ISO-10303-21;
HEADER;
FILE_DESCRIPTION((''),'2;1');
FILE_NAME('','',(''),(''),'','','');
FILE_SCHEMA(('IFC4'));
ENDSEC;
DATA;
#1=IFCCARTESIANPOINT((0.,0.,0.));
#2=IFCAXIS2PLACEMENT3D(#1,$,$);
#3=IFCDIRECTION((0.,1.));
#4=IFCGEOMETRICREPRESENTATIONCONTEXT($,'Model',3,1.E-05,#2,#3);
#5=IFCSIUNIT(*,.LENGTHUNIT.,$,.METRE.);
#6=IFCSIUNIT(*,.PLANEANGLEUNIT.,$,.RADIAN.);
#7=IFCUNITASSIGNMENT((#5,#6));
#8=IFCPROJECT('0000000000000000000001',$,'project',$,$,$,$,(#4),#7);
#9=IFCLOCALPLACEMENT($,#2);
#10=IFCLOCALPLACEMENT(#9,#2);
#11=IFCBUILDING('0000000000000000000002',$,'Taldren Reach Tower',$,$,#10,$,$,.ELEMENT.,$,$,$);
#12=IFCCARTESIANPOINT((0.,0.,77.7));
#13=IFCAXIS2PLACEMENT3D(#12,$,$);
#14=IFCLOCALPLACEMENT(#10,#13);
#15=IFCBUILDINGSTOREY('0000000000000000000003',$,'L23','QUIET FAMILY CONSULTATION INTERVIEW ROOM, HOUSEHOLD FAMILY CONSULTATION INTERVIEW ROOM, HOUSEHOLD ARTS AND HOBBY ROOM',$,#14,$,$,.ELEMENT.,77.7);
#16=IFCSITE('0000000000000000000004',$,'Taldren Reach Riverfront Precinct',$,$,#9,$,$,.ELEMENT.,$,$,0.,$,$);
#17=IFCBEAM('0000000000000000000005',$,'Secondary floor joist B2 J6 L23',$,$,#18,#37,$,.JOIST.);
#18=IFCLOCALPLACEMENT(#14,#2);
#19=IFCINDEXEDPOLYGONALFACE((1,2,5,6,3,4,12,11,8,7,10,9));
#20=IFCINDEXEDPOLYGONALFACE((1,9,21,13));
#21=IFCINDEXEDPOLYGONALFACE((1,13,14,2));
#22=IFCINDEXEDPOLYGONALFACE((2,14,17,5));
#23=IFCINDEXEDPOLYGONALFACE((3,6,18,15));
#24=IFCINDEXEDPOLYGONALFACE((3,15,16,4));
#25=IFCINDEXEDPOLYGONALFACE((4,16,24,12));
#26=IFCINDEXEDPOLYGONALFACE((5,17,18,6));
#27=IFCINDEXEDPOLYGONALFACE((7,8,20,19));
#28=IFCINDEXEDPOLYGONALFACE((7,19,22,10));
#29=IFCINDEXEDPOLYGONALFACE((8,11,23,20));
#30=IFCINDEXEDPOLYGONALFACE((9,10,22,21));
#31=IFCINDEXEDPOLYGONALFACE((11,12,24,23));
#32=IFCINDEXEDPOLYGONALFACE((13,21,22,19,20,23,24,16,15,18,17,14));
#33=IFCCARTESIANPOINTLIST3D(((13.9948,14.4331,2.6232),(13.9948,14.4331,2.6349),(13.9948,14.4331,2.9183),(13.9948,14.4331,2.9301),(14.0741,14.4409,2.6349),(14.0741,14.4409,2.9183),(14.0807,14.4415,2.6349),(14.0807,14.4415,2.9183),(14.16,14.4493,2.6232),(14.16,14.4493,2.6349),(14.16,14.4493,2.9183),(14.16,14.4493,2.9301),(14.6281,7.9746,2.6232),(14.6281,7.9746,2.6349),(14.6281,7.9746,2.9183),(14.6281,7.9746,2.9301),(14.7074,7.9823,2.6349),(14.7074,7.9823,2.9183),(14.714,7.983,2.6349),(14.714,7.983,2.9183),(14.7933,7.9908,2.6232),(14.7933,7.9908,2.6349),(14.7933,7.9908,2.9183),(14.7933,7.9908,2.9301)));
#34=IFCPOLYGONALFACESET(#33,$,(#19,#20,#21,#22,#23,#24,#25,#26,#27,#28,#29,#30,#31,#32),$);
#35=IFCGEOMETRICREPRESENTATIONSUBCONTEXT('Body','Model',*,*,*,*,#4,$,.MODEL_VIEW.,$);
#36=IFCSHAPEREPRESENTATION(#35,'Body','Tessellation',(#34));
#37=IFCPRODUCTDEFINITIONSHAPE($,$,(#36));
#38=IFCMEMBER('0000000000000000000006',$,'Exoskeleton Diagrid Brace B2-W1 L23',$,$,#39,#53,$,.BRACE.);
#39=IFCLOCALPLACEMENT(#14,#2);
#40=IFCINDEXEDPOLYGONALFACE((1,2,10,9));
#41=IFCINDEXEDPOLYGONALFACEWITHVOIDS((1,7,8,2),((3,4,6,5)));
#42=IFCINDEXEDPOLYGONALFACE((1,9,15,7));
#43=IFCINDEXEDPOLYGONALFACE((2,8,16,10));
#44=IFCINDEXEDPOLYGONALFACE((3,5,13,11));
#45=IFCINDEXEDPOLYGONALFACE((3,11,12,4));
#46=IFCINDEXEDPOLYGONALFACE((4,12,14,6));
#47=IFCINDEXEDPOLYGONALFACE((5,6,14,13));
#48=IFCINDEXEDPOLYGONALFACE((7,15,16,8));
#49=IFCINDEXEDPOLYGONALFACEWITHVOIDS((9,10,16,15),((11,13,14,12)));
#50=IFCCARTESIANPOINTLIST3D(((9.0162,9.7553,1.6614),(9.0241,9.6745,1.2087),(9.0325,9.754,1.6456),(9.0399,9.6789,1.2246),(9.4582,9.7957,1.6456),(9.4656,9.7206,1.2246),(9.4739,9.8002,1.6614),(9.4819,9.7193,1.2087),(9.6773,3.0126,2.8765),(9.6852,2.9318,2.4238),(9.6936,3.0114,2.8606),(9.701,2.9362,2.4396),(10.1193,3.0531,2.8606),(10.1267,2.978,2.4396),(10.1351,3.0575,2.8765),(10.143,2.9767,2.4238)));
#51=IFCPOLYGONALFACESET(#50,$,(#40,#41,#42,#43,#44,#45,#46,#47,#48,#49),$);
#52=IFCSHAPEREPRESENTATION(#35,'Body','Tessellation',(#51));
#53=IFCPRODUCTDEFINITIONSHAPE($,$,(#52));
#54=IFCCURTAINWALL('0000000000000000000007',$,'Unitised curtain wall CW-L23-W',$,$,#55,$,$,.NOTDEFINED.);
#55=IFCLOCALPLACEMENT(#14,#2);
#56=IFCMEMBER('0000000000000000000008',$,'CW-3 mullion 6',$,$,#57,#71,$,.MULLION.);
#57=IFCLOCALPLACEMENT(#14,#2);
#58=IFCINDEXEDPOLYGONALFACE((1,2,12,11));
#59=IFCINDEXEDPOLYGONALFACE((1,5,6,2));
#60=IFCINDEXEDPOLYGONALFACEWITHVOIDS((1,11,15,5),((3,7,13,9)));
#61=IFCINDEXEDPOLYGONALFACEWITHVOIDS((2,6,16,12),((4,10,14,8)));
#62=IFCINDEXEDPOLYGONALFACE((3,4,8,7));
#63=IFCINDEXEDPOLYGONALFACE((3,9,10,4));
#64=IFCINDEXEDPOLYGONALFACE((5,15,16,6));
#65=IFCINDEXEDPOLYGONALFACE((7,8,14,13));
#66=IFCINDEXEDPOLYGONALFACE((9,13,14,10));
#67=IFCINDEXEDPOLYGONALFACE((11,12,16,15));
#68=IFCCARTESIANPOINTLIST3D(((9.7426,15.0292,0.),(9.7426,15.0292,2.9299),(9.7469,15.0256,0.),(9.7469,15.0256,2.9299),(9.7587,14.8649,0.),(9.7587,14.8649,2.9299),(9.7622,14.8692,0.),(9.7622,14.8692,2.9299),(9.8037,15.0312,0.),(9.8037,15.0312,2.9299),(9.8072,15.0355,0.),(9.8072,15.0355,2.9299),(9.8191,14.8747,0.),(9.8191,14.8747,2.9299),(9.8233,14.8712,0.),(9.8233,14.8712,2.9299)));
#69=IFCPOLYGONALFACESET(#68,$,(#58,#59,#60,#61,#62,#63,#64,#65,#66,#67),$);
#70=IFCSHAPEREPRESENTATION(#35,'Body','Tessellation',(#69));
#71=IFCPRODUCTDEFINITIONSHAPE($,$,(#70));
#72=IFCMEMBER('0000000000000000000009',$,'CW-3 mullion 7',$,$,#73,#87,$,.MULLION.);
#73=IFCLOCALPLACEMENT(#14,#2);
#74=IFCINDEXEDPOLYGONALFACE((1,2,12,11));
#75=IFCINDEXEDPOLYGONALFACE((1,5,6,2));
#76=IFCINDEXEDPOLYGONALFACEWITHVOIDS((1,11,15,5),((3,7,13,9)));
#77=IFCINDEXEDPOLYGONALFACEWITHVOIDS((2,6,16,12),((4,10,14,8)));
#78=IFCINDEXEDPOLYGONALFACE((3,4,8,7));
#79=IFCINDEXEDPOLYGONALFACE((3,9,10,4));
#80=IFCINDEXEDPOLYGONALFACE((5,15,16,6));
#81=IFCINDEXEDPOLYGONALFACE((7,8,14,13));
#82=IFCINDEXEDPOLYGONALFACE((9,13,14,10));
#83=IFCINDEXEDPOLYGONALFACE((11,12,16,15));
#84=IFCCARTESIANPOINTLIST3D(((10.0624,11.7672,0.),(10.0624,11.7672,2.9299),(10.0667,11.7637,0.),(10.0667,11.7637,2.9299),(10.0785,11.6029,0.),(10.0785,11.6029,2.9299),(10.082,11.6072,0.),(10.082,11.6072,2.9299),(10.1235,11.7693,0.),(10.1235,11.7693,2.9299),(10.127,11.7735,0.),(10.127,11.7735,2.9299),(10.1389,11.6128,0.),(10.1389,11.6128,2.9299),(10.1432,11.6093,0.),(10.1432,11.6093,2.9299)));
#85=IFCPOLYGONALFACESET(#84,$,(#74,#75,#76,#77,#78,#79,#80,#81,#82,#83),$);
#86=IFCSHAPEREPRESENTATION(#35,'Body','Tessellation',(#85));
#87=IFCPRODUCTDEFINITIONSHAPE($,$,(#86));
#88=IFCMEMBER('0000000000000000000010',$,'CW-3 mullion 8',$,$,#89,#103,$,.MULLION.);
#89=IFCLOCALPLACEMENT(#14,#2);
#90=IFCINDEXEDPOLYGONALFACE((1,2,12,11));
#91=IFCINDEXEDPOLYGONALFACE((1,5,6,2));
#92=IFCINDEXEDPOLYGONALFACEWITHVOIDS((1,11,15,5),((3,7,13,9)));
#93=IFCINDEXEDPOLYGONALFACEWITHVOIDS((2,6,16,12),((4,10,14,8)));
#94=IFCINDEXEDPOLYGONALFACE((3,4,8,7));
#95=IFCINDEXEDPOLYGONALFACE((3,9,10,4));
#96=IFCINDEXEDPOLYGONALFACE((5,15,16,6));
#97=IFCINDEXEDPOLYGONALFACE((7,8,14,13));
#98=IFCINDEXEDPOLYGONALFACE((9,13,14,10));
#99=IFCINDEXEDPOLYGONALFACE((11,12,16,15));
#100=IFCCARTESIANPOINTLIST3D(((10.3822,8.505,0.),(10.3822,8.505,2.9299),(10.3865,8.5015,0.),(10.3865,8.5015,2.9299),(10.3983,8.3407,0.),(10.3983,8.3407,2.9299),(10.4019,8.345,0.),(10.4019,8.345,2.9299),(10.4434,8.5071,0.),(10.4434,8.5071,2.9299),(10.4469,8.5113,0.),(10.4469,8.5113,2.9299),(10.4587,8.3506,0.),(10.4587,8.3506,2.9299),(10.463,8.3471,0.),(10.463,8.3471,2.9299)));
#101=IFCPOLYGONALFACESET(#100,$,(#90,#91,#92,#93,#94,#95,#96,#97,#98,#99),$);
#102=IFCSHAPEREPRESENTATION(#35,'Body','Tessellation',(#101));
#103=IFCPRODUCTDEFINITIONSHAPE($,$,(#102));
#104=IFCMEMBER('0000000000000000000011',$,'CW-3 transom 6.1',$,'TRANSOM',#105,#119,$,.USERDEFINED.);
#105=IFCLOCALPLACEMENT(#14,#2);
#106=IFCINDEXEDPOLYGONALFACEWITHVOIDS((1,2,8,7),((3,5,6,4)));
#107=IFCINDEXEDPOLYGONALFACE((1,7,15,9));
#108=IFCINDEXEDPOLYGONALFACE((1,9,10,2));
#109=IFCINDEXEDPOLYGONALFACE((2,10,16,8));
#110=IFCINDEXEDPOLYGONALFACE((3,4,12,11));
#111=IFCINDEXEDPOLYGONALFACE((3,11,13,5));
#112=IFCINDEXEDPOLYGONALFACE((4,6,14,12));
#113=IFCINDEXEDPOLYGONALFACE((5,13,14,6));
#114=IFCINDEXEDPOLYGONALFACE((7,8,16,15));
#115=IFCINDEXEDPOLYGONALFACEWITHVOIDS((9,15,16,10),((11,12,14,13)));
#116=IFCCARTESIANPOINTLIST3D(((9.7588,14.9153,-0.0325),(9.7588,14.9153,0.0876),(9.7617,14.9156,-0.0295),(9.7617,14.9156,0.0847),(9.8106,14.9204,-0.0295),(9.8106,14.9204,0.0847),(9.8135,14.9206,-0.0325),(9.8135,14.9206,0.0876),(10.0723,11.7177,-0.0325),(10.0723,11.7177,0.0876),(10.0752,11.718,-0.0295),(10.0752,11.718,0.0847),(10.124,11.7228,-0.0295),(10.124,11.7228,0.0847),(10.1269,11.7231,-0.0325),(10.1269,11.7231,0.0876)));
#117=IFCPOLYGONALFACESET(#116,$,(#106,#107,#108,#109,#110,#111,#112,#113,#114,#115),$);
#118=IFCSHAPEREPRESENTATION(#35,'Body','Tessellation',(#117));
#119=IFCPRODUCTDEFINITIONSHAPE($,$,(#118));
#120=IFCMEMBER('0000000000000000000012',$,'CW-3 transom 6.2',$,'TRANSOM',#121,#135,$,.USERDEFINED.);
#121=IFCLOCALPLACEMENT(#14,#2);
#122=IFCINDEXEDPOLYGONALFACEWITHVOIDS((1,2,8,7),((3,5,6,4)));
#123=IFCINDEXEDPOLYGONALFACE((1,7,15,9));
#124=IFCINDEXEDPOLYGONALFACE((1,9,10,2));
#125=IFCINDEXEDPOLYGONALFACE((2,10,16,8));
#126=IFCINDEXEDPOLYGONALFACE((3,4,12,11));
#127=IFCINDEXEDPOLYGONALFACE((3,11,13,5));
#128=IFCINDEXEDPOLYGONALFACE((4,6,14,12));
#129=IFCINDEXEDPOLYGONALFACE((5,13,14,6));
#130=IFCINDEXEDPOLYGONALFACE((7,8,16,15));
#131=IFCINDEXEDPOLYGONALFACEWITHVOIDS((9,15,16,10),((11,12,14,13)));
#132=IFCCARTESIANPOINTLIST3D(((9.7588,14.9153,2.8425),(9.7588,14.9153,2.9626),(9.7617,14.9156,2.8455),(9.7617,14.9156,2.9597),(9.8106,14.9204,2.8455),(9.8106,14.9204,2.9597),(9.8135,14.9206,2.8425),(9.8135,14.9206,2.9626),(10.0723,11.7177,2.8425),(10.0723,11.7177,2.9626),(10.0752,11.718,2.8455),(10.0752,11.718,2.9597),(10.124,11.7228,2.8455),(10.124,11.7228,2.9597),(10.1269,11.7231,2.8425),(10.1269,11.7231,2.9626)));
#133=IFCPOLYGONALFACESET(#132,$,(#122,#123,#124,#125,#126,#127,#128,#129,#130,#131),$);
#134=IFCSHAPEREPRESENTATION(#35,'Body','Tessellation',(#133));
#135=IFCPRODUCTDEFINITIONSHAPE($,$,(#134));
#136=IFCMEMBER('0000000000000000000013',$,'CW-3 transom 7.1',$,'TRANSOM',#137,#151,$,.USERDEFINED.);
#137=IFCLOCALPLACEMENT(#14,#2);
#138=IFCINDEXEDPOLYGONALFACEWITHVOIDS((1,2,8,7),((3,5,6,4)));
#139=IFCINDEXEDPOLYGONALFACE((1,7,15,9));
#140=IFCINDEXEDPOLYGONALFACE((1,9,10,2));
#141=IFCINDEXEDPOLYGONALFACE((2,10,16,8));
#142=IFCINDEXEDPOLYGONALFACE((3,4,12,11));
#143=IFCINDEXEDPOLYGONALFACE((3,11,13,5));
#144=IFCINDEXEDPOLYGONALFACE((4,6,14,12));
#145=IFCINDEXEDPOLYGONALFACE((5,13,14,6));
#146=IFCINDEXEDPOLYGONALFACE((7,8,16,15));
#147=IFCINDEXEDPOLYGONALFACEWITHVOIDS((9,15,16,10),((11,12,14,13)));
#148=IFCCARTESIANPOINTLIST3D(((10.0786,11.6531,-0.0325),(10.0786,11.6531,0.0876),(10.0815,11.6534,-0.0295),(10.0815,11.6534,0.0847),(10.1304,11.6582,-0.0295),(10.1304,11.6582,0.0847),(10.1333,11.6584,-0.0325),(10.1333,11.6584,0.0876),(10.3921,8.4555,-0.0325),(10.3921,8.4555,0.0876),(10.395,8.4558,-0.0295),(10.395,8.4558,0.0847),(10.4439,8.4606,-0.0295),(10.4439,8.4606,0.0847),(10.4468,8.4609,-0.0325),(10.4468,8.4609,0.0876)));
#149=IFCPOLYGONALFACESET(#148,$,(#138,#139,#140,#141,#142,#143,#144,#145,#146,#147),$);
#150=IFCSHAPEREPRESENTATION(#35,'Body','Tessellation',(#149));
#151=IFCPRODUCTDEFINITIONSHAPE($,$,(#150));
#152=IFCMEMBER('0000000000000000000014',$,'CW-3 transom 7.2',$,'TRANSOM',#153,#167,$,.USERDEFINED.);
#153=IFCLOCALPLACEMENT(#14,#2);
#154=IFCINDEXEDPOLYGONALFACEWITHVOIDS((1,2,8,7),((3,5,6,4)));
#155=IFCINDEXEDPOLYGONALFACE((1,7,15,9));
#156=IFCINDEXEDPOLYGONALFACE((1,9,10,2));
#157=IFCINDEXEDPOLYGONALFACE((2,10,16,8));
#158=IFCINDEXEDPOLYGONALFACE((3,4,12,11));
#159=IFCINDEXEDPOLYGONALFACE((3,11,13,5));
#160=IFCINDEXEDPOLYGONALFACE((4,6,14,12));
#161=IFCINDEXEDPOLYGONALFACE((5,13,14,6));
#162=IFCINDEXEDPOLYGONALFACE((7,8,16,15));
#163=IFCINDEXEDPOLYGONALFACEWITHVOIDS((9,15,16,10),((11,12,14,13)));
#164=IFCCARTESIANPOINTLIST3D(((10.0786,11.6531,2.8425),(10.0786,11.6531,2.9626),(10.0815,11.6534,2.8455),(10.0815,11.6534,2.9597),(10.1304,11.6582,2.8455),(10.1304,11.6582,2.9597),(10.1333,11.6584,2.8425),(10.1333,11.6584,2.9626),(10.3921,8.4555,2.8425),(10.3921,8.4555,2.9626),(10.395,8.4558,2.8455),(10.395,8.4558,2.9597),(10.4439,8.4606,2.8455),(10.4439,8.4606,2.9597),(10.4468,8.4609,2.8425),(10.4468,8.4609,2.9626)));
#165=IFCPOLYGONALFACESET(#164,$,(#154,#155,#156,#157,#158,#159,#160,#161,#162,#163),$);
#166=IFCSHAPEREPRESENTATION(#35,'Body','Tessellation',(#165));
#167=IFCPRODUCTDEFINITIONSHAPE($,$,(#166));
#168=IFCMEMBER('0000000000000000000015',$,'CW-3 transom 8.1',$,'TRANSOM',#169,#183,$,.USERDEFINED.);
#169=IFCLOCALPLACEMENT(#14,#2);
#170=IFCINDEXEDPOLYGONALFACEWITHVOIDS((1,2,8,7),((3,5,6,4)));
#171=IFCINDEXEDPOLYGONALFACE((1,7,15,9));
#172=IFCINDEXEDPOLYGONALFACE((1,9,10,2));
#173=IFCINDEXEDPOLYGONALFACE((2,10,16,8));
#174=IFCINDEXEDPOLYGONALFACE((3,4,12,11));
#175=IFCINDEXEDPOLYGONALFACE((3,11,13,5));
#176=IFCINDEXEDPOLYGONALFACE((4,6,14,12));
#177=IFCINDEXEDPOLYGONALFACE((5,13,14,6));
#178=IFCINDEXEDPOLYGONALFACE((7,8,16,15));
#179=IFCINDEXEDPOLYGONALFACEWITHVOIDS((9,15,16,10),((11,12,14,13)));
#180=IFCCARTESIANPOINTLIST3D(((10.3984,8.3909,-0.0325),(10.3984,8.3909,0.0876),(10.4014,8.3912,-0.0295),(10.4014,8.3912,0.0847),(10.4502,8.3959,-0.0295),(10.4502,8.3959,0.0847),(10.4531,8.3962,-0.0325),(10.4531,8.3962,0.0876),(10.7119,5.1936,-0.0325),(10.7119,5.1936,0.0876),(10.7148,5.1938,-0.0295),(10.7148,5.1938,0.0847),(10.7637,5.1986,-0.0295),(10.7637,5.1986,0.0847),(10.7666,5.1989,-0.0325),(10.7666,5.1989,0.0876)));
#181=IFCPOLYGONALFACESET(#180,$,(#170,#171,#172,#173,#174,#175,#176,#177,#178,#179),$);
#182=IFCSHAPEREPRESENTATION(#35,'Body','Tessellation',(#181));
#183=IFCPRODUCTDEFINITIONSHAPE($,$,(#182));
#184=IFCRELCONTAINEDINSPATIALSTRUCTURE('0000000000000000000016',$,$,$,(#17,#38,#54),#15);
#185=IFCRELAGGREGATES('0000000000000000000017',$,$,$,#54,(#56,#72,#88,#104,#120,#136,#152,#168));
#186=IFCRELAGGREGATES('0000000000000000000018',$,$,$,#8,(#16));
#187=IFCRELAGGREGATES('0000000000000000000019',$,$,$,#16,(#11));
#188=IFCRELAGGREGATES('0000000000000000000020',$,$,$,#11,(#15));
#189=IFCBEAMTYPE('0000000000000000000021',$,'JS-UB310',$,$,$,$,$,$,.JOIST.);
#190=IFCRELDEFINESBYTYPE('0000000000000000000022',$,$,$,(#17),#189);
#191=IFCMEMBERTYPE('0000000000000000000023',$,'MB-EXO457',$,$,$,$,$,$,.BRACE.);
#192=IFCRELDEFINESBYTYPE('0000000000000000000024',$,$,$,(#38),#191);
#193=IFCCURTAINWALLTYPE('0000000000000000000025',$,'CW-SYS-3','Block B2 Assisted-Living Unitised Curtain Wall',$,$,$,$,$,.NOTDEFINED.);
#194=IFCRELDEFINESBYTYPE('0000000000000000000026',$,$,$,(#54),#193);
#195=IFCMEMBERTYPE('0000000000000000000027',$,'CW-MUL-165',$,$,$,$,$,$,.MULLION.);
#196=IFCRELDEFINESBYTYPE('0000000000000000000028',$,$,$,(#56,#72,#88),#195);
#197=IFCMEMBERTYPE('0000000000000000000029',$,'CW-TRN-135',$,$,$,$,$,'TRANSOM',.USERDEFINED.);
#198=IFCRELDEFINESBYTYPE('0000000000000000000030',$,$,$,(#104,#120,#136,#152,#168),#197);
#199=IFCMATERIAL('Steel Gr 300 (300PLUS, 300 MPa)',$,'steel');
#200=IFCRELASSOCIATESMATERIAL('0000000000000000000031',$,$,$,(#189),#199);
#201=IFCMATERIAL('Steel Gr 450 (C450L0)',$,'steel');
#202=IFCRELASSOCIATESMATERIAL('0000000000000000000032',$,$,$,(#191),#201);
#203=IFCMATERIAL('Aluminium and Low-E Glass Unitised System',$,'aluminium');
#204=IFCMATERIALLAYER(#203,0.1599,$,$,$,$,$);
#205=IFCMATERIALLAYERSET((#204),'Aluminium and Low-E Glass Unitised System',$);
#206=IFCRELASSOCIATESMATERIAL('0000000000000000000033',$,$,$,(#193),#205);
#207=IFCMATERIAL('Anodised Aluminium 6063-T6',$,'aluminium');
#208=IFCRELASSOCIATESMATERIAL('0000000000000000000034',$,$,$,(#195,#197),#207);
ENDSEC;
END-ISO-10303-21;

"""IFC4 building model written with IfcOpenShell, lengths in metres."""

from ifc_helpers import new_model, si_unit, direction, frame, origin, origin_2d, place, context, subcontext, project, spatial, hollow_rectangle, i_section, extrude, source, transform, mapped, material, layer, layer_set, material_profile, profile_set, type_object, element, aggregate, save


model = new_model("IFC4")

# Units and contexts
model_context = context("Model", 3, precision=1e-05, world=origin(), true_north=direction((0.0, 1.0)))
body_context = subcontext(model_context, "Body", "Model", "MODEL_VIEW")
ifc_project = project(units=[si_unit("LENGTHUNIT", "METRE"), si_unit("PLANEANGLEUNIT", "RADIAN")], contexts=[model_context])

# Site, building, storey
site_placement = place(None, origin())
site = spatial("IfcSite", under=ifc_project, at=site_placement, Name="Taldren Reach Riverfront Precinct", CompositionType="ELEMENT", RefElevation=0.0)
building_placement = place(site_placement, origin())
building = spatial("IfcBuilding", under=site, at=building_placement, Name="Taldren Reach Tower", CompositionType="ELEMENT")
storey_placement = place(building_placement, frame((0.0, 0.0, 77.7)))
storey = spatial("IfcBuildingStorey", under=building, at=storey_placement, Name="L23", Description="QUIET FAMILY CONSULTATION INTERVIEW ROOM, HOUSEHOLD FAMILY CONSULTATION INTERVIEW ROOM, HOUSEHOLD ARTS AND HOBBY ROOM", CompositionType="ELEMENT", Elevation=77.7)

# Beam
ifc_material_1 = material(Name="Steel Gr 300 (300PLUS, 300 MPa)", Category="steel")
ifc_material_profile_1 = material_profile(ifc_material_1, i_section(OverallWidth=0.166, OverallDepth=0.3069, WebThickness=0.0066, FlangeThickness=0.0117, at=origin_2d()), Name="310UB46.2")
ifc_profile_set_1 = profile_set([ifc_material_profile_1], Name="Steel Gr 300 (300PLUS, 300 MPa)")
beam_type = type_object("IfcBeamType", Name="JS-UB310", PredefinedType="JOIST", material=ifc_profile_set_1)
shared_shape_1 = source(origin(), body_context, "Body", "SweptSolid", [
    extrude(i_section(OverallWidth=0.166, OverallDepth=0.3069, WebThickness=0.0066, FlangeThickness=0.0117, at=origin_2d()), origin(), (0.0, 0.0, 1.0), 6.4895),
])
beam_placement = place(storey_placement, frame((14.7107, 7.9827, 2.7766), z_axis=(-0.097589, 0.995227, 0.0), x_axis=(-0.995227, -0.097589, 0.0)))
element("IfcBeam", 1, at=beam_placement, inside=storey, type_object=beam_type, Name="Secondary floor joist B2 J6 L23", PredefinedType="JOIST", context=body_context, shape_type="MappedRepresentation", body=[
    mapped(shared_shape_1, transform((0.0, 0.0, 0.0), scale=1.0)),
])

# Member
ifc_material_2 = material(Name="Steel Gr 450 (C450L0)", Category="steel")
ifc_material_profile_2 = material_profile(ifc_material_2, hollow_rectangle(XDim=0.46, YDim=0.46, WallThickness=0.0161, at=origin_2d()), Name="460x460x16.0SHS")
ifc_profile_set_2 = profile_set([ifc_material_profile_2], Name="Steel Gr 450 (C450L0)")
member_type_1 = type_object("IfcMemberType", Name="MB-EXO457", PredefinedType="BRACE", material=ifc_profile_set_2)
shared_shape_2 = source(origin(), body_context, "Body", "SweptSolid", [
    extrude(hollow_rectangle(XDim=0.46, YDim=0.46, WallThickness=0.0161, at=origin_2d()), origin(), (0.0, 0.0, 1.0), 6.8831),
])
member_1_placement = place(storey_placement, frame((9.249, 9.7373, 1.4351), z_axis=(0.096051, -0.979597, 0.176532), x_axis=(0.995227, 0.097584, 0.0)))
element("IfcMember", 2, at=member_1_placement, inside=storey, type_object=member_type_1, Name="Exoskeleton Diagrid Brace B2-W1 L23", PredefinedType="BRACE", context=body_context, shape_type="MappedRepresentation", body=[
    mapped(shared_shape_2, transform((0.0, 0.0, 0.0), scale=1.0)),
])

# Curtain wall, members
ifc_material_3 = material(Name="Aluminium and Low-E Glass Unitised System", Category="aluminium")
ifc_layer_1 = layer(ifc_material_3, 0.1599)
ifc_layer_set_1 = layer_set([ifc_layer_1], Name="Aluminium and Low-E Glass Unitised System")
curtain_wall_type = type_object("IfcCurtainWallType", Name="CW-SYS-3", Description="Block B2 Assisted-Living Unitised Curtain Wall", PredefinedType="NOTDEFINED", material=ifc_layer_set_1)
curtain_wall_placement = place(storey_placement, origin())
curtain_wall = element("IfcCurtainWall", 3, at=curtain_wall_placement, inside=storey, type_object=curtain_wall_type, Name="Unitised curtain wall CW-L23-W", PredefinedType="NOTDEFINED")
ifc_material_4 = material(Name="Anodised Aluminium 6063-T6", Category="aluminium")
ifc_material_profile_3 = material_profile(ifc_material_4, hollow_rectangle(XDim=0.0649, YDim=0.165, WallThickness=0.0039, at=origin_2d()), Name="ALU-165x65x4RHS")
ifc_profile_set_3 = profile_set([ifc_material_profile_3], Name="Anodised Aluminium 6063-T6")
member_type_2 = type_object("IfcMemberType", Name="CW-MUL-165", PredefinedType="MULLION", material=ifc_profile_set_3)
shared_shape_3 = source(origin(), body_context, "Body", "SweptSolid", [
    extrude(hollow_rectangle(XDim=0.0649, YDim=0.165, WallThickness=0.0039, at=origin_2d()), origin(), (0.0, 0.0, 1.0), 2.9299),
])
member_2_placement = place(storey_placement, frame((9.783, 14.9502, 0.0), z_axis=(0.0, 0.0, 1.0), x_axis=(0.995227, 0.097583, 0.0)))
member_2 = element("IfcMember", 4, at=member_2_placement, type_object=member_type_2, Name="CW-3 mullion 6", PredefinedType="MULLION", context=body_context, shape_type="MappedRepresentation", body=[
    mapped(shared_shape_3, transform((0.0, 0.0, 0.0), scale=1.0)),
])
member_3_placement = place(storey_placement, frame((10.1028, 11.6882, 0.0), z_axis=(0.0, 0.0, 1.0), x_axis=(0.995227, 0.097583, 0.0)))
member_3 = element("IfcMember", 5, at=member_3_placement, type_object=member_type_2, Name="CW-3 mullion 7", PredefinedType="MULLION", context=body_context, shape_type="MappedRepresentation", body=[
    mapped(shared_shape_3, transform((0.0, 0.0, 0.0), scale=1.0)),
])
member_4_placement = place(storey_placement, frame((10.4226, 8.426, 0.0), z_axis=(0.0, 0.0, 1.0), x_axis=(0.995227, 0.097583, 0.0)))
member_4 = element("IfcMember", 6, at=member_4_placement, type_object=member_type_2, Name="CW-3 mullion 8", PredefinedType="MULLION", context=body_context, shape_type="MappedRepresentation", body=[
    mapped(shared_shape_3, transform((0.0, 0.0, 0.0), scale=1.0)),
])
ifc_material_profile_4 = material_profile(ifc_material_4, hollow_rectangle(XDim=0.0549, YDim=0.1201, WallThickness=0.0029, at=origin_2d()), Name="ALU-120x55x3RHS")
ifc_profile_set_4 = profile_set([ifc_material_profile_4], Name="Anodised Aluminium 6063-T6")
member_type_3 = type_object("IfcMemberType", Name="CW-TRN-135", ElementType="TRANSOM", PredefinedType="USERDEFINED", material=ifc_profile_set_4)
shared_shape_4 = source(origin(), body_context, "Body", "SweptSolid", [
    extrude(hollow_rectangle(XDim=0.0549, YDim=0.1201, WallThickness=0.0029, at=origin_2d()), origin(), (0.0, 0.0, 1.0), 3.2129),
])
member_5_placement = place(storey_placement, frame((9.7861, 14.918, 0.0276), z_axis=(0.09757, -0.995229, 0.0), x_axis=(0.995229, 0.09757, 0.0)))
member_5 = element("IfcMember", 7, at=member_5_placement, type_object=member_type_3, Name="CW-3 transom 6.1", ObjectType="TRANSOM", PredefinedType="USERDEFINED", context=body_context, shape_type="MappedRepresentation", body=[
    mapped(shared_shape_4, transform((0.0, 0.0, 0.0), scale=1.0)),
])
member_6_placement = place(storey_placement, frame((9.7861, 14.918, 2.9026), z_axis=(0.09757, -0.995229, 0.0), x_axis=(0.995229, 0.09757, 0.0)))
member_6 = element("IfcMember", 8, at=member_6_placement, type_object=member_type_3, Name="CW-3 transom 6.2", ObjectType="TRANSOM", PredefinedType="USERDEFINED", context=body_context, shape_type="MappedRepresentation", body=[
    mapped(shared_shape_4, transform((0.0, 0.0, 0.0), scale=1.0)),
])
member_7_placement = place(storey_placement, frame((10.106, 11.6558, 0.0276), z_axis=(0.09757, -0.995229, 0.0), x_axis=(0.995229, 0.09757, 0.0)))
member_7 = element("IfcMember", 9, at=member_7_placement, type_object=member_type_3, Name="CW-3 transom 7.1", ObjectType="TRANSOM", PredefinedType="USERDEFINED", context=body_context, shape_type="MappedRepresentation", body=[
    mapped(shared_shape_4, transform((0.0, 0.0, 0.0), scale=1.0)),
])
member_8_placement = place(storey_placement, frame((10.106, 11.6558, 2.9026), z_axis=(0.09757, -0.995229, 0.0), x_axis=(0.995229, 0.09757, 0.0)))
member_8 = element("IfcMember", 10, at=member_8_placement, type_object=member_type_3, Name="CW-3 transom 7.2", ObjectType="TRANSOM", PredefinedType="USERDEFINED", context=body_context, shape_type="MappedRepresentation", body=[
    mapped(shared_shape_4, transform((0.0, 0.0, 0.0), scale=1.0)),
])
shared_shape_5 = source(origin(), body_context, "Body", "SweptSolid", [
    extrude(hollow_rectangle(XDim=0.0549, YDim=0.1201, WallThickness=0.0029, at=origin_2d()), origin(), (0.0, 0.0, 1.0), 3.2126),
])
member_9_placement = place(storey_placement, frame((10.4258, 8.3936, 0.0276), z_axis=(0.097577, -0.995228, 0.0), x_axis=(0.995228, 0.097577, 0.0)))
member_9 = element("IfcMember", 11, at=member_9_placement, type_object=member_type_3, Name="CW-3 transom 8.1", ObjectType="TRANSOM", PredefinedType="USERDEFINED", context=body_context, shape_type="MappedRepresentation", body=[
    mapped(shared_shape_5, transform((0.0, 0.0, 0.0), scale=1.0)),
])
aggregate(curtain_wall, [member_2, member_3, member_4, member_5, member_6, member_7, member_8, member_9])

save(model, "model.ifc")
